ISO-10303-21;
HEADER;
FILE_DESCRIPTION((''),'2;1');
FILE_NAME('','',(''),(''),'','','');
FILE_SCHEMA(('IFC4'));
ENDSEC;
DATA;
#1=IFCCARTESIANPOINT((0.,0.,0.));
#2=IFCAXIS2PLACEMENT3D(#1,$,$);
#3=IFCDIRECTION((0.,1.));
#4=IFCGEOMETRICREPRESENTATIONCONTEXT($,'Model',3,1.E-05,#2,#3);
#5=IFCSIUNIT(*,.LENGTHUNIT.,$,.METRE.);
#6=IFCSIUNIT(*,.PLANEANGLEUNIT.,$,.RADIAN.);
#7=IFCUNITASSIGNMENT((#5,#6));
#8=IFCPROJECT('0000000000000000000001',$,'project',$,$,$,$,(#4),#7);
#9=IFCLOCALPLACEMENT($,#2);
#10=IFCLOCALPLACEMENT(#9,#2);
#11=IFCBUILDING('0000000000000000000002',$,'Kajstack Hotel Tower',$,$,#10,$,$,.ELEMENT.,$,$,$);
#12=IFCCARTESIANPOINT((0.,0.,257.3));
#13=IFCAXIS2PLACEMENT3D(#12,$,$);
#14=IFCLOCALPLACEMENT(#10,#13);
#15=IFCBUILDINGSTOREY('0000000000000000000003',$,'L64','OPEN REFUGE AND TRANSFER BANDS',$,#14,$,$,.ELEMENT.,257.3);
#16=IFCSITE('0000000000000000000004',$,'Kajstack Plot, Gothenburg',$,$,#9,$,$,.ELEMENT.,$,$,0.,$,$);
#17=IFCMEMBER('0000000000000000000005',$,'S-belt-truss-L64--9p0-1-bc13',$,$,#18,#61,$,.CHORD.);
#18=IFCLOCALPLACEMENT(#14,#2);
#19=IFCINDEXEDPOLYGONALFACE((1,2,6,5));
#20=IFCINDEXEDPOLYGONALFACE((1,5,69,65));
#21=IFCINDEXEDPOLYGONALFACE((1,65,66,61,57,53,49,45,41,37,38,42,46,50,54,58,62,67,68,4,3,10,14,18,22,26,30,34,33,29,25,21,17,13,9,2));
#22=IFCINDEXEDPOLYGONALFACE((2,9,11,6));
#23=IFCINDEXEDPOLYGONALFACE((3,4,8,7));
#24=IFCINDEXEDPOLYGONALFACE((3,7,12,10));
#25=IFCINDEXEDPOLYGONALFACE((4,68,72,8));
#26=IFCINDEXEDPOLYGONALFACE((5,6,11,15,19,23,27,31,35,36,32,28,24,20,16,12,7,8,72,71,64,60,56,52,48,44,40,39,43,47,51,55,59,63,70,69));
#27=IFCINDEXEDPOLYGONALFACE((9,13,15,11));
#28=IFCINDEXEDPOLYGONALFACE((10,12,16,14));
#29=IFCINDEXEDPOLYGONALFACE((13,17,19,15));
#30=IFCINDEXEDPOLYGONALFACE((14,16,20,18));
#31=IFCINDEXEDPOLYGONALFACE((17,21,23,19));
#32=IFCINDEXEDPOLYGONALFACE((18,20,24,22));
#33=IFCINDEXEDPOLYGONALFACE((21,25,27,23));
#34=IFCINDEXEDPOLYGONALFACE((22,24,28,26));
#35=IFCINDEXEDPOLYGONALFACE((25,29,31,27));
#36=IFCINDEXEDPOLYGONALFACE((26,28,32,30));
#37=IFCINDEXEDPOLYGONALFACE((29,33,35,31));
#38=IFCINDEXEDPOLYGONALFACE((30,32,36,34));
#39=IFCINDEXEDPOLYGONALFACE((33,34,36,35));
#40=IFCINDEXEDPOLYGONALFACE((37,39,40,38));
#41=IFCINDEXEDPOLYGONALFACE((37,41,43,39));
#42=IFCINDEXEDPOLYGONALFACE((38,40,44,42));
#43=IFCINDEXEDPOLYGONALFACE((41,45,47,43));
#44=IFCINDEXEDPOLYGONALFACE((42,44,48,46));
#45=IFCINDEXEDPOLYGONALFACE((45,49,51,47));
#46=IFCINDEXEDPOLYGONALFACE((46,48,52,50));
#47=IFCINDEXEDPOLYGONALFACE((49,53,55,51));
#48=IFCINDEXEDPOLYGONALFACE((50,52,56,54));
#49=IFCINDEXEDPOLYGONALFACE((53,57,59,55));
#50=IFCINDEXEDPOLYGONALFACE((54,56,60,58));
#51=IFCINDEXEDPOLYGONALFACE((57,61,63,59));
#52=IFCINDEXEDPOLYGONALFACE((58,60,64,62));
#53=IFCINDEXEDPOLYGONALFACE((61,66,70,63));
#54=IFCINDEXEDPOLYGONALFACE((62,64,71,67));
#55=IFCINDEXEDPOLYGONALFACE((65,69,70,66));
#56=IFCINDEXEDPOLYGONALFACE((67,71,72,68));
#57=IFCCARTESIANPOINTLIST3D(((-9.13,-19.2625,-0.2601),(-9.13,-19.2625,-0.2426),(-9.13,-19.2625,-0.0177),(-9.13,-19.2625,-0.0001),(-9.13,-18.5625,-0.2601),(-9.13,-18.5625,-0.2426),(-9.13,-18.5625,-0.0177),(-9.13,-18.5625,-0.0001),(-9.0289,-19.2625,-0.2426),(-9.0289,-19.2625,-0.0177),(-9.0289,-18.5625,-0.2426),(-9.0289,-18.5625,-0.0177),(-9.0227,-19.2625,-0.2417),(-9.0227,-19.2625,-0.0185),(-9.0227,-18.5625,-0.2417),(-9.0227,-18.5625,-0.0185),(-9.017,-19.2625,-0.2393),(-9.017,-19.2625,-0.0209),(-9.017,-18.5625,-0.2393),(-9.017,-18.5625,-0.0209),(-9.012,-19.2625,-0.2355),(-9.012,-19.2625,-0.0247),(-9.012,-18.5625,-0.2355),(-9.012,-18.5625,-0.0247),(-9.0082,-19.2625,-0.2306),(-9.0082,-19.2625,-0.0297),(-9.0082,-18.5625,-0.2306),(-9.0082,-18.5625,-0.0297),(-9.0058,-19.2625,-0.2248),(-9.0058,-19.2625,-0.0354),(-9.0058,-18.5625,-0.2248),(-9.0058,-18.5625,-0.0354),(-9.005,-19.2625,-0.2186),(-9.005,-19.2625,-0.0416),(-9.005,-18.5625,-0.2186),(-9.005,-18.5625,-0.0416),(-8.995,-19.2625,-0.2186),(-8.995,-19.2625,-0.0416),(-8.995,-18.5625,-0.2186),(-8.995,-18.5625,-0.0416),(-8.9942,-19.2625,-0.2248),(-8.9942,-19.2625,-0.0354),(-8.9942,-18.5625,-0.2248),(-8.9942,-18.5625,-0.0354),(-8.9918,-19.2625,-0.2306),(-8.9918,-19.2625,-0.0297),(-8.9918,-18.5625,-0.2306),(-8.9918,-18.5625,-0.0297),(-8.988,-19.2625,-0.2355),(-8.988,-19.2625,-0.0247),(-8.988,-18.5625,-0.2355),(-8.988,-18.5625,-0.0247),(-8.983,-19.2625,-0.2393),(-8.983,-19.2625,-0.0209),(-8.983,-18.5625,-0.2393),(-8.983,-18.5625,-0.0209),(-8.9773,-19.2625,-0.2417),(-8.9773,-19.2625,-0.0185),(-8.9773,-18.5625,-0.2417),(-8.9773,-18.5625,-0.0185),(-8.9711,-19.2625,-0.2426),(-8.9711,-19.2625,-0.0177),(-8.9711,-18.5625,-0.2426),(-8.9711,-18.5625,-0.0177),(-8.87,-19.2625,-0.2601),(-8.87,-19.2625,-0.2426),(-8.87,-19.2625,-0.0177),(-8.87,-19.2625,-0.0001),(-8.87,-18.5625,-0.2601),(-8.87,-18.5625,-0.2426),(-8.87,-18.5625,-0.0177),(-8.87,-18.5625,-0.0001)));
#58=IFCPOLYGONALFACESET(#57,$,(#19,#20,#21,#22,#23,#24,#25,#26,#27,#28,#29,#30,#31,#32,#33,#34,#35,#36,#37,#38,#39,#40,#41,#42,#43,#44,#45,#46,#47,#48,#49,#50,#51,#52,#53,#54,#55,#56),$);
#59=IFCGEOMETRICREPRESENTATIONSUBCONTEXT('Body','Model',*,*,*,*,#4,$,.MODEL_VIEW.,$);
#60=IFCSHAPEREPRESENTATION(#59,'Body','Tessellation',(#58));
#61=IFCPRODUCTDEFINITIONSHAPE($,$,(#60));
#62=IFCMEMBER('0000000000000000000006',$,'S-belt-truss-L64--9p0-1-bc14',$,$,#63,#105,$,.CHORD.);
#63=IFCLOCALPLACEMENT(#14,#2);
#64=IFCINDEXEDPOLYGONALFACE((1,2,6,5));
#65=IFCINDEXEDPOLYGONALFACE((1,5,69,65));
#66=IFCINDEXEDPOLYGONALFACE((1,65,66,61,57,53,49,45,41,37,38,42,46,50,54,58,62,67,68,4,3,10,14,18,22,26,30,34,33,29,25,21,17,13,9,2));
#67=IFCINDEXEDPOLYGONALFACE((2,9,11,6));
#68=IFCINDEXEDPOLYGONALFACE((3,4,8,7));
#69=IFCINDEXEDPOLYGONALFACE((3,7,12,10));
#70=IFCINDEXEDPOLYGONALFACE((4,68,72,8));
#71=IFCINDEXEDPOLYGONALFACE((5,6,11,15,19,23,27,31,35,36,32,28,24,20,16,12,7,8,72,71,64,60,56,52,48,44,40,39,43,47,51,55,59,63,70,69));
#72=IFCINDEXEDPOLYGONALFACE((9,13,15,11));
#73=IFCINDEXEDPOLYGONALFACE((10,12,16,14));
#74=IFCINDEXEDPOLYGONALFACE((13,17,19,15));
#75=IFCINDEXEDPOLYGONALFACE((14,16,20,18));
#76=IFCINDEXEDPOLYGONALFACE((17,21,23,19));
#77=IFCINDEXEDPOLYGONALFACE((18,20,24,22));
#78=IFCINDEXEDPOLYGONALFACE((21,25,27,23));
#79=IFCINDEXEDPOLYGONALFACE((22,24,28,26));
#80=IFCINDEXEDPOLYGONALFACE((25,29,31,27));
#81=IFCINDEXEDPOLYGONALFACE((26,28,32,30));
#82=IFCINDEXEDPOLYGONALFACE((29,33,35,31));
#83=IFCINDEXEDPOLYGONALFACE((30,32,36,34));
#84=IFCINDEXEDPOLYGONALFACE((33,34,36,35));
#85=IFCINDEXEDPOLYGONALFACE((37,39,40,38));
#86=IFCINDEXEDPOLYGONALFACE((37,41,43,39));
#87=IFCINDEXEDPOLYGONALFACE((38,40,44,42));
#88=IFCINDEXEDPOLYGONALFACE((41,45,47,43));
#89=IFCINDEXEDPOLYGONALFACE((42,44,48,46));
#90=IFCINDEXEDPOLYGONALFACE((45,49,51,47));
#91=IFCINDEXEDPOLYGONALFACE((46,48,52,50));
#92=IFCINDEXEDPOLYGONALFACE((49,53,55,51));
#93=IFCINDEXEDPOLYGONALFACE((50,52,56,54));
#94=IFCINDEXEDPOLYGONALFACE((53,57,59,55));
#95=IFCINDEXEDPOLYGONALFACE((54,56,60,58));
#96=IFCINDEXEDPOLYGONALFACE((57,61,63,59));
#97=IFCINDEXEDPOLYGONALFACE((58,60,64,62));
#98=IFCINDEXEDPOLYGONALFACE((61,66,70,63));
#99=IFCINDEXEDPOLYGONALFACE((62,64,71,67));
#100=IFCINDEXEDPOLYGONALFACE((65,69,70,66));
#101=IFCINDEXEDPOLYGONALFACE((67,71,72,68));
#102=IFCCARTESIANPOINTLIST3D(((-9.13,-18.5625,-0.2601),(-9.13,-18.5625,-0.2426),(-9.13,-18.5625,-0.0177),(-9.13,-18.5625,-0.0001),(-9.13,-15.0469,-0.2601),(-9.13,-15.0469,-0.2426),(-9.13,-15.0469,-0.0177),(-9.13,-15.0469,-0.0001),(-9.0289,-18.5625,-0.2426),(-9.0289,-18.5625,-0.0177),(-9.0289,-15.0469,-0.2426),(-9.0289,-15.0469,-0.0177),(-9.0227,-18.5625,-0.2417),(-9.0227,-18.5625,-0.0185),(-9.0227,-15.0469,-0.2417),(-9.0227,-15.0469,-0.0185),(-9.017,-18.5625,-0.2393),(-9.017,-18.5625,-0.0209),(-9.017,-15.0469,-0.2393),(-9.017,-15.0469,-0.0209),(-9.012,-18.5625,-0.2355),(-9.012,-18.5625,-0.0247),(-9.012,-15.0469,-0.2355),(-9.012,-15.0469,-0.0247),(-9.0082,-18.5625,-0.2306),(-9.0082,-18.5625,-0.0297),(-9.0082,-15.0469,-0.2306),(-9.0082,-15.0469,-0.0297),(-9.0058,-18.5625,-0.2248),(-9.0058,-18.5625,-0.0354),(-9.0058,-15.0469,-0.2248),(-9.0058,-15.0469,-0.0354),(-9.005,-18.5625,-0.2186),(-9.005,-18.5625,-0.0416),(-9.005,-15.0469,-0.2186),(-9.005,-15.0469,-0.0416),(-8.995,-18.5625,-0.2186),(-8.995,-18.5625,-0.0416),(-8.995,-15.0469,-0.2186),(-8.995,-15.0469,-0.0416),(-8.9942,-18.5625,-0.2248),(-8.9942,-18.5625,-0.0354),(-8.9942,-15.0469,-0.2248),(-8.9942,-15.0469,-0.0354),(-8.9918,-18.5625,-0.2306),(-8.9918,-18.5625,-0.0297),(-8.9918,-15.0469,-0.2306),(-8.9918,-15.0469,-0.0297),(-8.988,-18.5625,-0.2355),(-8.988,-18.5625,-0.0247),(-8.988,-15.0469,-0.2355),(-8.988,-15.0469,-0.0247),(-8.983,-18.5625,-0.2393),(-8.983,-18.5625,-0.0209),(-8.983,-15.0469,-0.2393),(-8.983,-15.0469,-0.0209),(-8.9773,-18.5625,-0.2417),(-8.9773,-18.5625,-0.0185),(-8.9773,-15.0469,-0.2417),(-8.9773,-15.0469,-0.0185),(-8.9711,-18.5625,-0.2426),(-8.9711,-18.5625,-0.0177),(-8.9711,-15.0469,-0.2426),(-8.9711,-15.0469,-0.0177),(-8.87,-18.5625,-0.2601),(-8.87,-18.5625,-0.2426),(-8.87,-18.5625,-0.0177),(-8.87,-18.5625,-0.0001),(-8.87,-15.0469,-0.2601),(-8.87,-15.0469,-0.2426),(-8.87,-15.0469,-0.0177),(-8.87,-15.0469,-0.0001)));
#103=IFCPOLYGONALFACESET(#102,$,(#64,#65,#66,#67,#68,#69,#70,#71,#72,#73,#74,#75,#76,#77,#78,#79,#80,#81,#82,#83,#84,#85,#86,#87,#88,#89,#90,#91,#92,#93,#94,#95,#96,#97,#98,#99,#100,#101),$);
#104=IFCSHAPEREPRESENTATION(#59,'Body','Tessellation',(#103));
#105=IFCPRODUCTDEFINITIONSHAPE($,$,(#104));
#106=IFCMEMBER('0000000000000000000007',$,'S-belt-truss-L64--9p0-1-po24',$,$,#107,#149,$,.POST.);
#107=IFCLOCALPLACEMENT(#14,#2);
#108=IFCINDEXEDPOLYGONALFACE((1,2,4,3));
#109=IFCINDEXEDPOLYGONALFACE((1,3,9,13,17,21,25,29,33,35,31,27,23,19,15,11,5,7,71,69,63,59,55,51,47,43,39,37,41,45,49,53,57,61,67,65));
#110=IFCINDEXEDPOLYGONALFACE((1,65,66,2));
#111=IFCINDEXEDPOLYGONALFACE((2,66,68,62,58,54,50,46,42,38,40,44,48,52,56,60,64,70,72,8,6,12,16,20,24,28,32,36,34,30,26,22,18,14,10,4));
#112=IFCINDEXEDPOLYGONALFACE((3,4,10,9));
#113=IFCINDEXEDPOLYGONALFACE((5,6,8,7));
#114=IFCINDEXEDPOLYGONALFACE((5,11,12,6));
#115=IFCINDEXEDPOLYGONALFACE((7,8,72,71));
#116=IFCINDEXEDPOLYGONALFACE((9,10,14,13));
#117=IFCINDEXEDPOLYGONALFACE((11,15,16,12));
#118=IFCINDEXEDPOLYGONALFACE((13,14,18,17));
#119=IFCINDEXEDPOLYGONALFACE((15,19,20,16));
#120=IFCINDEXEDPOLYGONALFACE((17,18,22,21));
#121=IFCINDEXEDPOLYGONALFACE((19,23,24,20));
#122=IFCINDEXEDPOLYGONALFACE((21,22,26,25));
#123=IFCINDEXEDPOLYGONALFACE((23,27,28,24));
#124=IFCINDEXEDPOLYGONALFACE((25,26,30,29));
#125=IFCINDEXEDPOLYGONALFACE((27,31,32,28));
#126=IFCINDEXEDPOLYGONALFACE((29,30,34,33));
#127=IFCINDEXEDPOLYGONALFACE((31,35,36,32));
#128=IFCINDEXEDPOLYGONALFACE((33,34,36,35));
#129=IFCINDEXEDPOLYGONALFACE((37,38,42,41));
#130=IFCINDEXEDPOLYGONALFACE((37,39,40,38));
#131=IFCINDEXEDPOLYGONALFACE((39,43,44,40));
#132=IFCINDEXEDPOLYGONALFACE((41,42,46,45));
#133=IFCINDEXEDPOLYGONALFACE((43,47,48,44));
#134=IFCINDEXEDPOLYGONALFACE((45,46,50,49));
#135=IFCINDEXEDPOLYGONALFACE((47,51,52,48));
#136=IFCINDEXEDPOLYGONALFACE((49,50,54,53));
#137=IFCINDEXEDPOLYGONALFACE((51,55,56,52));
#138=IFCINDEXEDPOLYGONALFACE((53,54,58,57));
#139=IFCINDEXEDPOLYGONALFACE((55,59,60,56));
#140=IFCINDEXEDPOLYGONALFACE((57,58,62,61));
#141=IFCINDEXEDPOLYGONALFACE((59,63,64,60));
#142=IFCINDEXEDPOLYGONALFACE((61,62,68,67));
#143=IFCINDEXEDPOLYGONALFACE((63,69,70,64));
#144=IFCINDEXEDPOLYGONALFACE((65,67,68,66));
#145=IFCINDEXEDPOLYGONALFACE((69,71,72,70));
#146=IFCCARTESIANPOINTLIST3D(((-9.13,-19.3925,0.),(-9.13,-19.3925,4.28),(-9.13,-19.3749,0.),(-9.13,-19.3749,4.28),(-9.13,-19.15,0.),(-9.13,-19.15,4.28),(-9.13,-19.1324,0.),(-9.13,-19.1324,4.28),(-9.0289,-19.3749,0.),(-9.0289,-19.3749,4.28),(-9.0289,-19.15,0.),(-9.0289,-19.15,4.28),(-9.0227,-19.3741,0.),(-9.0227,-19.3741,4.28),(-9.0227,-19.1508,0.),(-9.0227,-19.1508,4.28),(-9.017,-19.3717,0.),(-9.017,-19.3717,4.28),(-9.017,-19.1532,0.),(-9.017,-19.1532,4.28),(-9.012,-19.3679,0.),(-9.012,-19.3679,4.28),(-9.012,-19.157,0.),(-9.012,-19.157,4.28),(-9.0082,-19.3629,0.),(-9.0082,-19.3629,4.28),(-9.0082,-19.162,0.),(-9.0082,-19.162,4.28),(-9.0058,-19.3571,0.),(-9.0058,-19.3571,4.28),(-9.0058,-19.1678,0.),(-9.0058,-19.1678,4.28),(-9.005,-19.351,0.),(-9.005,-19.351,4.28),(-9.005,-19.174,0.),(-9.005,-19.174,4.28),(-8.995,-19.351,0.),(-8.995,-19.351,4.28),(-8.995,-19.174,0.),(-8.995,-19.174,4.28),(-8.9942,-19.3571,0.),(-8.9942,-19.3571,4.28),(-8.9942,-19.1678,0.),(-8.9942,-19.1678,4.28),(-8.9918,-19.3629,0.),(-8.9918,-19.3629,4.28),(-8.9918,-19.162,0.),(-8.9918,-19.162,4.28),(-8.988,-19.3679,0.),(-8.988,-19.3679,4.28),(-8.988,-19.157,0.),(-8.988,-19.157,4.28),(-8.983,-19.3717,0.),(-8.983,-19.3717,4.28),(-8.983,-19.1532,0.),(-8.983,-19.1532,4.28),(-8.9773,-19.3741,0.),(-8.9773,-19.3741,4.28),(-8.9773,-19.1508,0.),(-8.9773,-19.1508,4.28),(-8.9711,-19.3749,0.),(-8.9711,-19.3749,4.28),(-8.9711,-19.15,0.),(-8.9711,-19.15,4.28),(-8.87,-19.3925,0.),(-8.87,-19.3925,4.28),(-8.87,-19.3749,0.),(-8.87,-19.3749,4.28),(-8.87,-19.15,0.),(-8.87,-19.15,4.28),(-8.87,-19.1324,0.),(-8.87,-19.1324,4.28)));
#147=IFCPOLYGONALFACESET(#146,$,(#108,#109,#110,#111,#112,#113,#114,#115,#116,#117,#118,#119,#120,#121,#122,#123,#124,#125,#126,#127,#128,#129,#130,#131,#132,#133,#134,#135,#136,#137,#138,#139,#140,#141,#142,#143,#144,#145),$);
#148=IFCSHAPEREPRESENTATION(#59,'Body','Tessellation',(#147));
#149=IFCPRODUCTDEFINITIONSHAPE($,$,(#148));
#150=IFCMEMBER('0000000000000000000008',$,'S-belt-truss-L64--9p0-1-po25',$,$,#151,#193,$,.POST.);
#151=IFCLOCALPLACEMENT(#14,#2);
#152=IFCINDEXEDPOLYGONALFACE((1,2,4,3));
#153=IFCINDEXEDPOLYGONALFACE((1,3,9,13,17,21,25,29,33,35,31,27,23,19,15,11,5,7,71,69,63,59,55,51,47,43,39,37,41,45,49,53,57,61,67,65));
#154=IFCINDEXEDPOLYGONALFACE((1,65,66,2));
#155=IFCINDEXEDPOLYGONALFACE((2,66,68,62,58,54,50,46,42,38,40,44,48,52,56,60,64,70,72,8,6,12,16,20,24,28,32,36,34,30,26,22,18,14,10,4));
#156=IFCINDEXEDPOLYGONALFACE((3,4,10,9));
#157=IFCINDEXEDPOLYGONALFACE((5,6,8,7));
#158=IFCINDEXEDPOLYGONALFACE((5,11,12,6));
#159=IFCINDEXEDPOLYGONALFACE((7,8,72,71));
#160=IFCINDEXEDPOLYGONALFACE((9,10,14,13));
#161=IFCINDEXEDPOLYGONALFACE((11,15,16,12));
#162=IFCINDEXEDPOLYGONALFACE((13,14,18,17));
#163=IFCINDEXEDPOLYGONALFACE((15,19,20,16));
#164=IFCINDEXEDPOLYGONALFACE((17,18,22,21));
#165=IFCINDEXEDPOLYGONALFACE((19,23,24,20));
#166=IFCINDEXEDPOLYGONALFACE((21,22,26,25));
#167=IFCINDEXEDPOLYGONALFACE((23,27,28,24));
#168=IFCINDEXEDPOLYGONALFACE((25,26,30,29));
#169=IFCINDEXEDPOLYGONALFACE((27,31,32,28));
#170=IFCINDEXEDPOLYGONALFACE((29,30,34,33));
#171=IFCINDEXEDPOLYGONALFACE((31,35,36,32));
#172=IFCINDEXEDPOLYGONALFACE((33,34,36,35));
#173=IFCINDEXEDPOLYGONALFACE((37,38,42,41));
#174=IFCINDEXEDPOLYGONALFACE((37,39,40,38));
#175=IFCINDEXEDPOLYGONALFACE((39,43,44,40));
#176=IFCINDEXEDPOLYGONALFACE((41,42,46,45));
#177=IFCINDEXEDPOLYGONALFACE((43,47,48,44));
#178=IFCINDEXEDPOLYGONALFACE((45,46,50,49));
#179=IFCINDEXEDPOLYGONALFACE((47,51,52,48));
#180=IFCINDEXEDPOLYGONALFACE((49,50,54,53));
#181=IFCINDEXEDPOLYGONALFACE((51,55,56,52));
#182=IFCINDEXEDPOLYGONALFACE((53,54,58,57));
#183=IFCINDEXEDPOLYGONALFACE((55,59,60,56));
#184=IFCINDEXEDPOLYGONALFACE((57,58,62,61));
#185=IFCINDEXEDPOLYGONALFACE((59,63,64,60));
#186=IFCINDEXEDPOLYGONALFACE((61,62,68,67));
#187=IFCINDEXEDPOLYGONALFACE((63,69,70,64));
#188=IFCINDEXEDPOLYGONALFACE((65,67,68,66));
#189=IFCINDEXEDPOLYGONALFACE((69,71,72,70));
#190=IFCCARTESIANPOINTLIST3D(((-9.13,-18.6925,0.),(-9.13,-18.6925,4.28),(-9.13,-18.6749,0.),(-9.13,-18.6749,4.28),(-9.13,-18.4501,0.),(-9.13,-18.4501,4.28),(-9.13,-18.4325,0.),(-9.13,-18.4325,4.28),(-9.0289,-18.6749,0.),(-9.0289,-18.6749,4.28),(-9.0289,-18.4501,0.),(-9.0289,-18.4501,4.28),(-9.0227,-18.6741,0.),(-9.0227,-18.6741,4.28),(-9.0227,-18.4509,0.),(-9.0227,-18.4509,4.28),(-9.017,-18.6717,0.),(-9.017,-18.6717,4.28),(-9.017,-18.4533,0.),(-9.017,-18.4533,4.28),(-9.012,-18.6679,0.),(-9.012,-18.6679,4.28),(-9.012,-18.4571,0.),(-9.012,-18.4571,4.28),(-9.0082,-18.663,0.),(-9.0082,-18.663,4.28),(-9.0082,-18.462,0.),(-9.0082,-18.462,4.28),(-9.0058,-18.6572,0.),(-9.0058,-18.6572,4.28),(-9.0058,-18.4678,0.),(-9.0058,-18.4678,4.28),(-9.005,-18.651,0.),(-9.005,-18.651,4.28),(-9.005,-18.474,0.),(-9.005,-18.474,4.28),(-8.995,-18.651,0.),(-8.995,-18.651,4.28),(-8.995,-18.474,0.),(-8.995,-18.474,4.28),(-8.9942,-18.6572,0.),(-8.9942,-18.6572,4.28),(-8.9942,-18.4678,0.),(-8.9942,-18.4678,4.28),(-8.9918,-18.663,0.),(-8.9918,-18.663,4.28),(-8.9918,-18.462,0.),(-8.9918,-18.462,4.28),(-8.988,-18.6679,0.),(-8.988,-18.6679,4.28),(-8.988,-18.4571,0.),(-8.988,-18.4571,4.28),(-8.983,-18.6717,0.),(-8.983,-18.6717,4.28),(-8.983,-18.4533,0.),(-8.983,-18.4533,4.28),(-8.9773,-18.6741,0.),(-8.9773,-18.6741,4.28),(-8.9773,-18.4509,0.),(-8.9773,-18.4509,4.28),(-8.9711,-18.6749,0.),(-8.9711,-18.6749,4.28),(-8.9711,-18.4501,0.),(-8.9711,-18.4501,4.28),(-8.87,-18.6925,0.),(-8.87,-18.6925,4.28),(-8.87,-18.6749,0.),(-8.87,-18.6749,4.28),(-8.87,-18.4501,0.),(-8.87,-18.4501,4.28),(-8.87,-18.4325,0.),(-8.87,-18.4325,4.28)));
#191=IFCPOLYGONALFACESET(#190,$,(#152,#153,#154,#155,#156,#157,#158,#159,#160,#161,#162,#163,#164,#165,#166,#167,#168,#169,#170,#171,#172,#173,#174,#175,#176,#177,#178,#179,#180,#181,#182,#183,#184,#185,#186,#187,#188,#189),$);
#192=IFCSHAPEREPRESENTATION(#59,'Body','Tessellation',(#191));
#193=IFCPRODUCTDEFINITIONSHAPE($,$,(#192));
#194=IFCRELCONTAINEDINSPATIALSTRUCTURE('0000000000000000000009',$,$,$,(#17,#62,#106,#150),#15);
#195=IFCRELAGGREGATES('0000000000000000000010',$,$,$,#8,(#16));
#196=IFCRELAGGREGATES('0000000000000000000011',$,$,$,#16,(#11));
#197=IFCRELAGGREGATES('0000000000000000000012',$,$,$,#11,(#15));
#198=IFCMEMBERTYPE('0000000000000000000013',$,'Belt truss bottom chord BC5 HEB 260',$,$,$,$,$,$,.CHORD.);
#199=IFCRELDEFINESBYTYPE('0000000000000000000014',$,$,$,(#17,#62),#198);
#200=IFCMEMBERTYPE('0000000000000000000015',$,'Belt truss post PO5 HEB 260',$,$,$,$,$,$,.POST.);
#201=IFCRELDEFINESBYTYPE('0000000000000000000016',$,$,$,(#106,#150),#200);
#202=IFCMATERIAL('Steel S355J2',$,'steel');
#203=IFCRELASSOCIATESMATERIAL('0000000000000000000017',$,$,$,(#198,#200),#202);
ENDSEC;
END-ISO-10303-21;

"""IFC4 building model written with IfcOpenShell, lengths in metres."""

from ifc_helpers import new_model, si_unit, direction, frame, origin, origin_2d, place, context, subcontext, project, spatial, i_section, extrude, material, material_profile, profile_set, type_object, element, save


model = new_model("IFC4")

# Units and contexts
model_context = context("Model", 3, precision=1e-05, world=origin(), true_north=direction((0.0, 1.0)))
body_context = subcontext(model_context, "Body", "Model", "MODEL_VIEW")
ifc_project = project(units=[si_unit("LENGTHUNIT", "METRE"), si_unit("PLANEANGLEUNIT", "RADIAN")], contexts=[model_context])

# Site, building, storey
site_placement = place(None, origin())
site = spatial("IfcSite", under=ifc_project, at=site_placement, Name="Kajstack Plot, Gothenburg", CompositionType="ELEMENT", RefElevation=0.0)
building_placement = place(site_placement, origin())
building = spatial("IfcBuilding", under=site, at=building_placement, Name="Kajstack Hotel Tower", CompositionType="ELEMENT")
storey_placement = place(building_placement, frame((0.0, 0.0, 257.3)))
storey = spatial("IfcBuildingStorey", under=building, at=storey_placement, Name="L64", Description="OPEN REFUGE AND TRANSFER BANDS", CompositionType="ELEMENT", Elevation=257.3)

# Members
ifc_material_1 = material(Name="Steel S355J2", Category="steel")
ifc_material_profile_1 = material_profile(ifc_material_1, i_section(OverallWidth=0.26, OverallDepth=0.26, WebThickness=0.01, FlangeThickness=0.0176, FilletRadius=0.0239, at=origin_2d()), Name="HEB 260")
ifc_profile_set_1 = profile_set([ifc_material_profile_1], Name="Steel S355J2")
member_type_1 = type_object("IfcMemberType", Name="Belt truss bottom chord BC5 HEB 260", PredefinedType="CHORD", material=ifc_profile_set_1)
member_1_placement = place(storey_placement, frame((-9.0, -19.2625, -0.1301), z_axis=(0.0, 1.0, 0.0), x_axis=(-1.0, 0.0, 0.0)))
element("IfcMember", 1, at=member_1_placement, inside=storey, type_object=member_type_1, Name="S-belt-truss-L64--9p0-1-bc13", PredefinedType="CHORD", context=body_context, shape_type="SweptSolid", body=[
    extrude(i_section(OverallWidth=0.26, OverallDepth=0.26, WebThickness=0.01, FlangeThickness=0.0176, FilletRadius=0.0239, at=origin_2d()), origin(), (0.0, 0.0, 1.0), 0.7),
])
member_2_placement = place(storey_placement, frame((-9.0, -18.5625, -0.1301), z_axis=(0.0, 1.0, 0.0), x_axis=(-1.0, 0.0, 0.0)))
element("IfcMember", 2, at=member_2_placement, inside=storey, type_object=member_type_1, Name="S-belt-truss-L64--9p0-1-bc14", PredefinedType="CHORD", context=body_context, shape_type="SweptSolid", body=[
    extrude(i_section(OverallWidth=0.26, OverallDepth=0.26, WebThickness=0.01, FlangeThickness=0.0176, FilletRadius=0.0239, at=origin_2d()), origin(), (0.0, 0.0, 1.0), 3.5156),
])
ifc_material_profile_2 = material_profile(ifc_material_1, i_section(OverallWidth=0.26, OverallDepth=0.26, WebThickness=0.01, FlangeThickness=0.0176, FilletRadius=0.0239, at=origin_2d()), Name="HEB 260")
ifc_profile_set_2 = profile_set([ifc_material_profile_2], Name="Steel S355J2")
member_type_2 = type_object("IfcMemberType", Name="Belt truss post PO5 HEB 260", PredefinedType="POST", material=ifc_profile_set_2)
for number, where, z_axis, x_axis, name in (
    (3, (-9.0, -19.2625, 0.0), (0.0, 0.0, 1.0), (1.0, 0.0, 0.0), "S-belt-truss-L64--9p0-1-po24"),
    (4, (-9.0, -18.5625, 0.0), (0.0, 0.0, 1.0), (1.0, 0.0, 0.0), "S-belt-truss-L64--9p0-1-po25"),
):
    element("IfcMember", number, at=place(storey_placement, frame(where, z_axis=z_axis, x_axis=x_axis)), inside=storey, type_object=member_type_2, Name=name, PredefinedType="POST", context=body_context, shape_type="SweptSolid", body=[
        extrude(i_section(OverallWidth=0.26, OverallDepth=0.26, WebThickness=0.01, FlangeThickness=0.0176, FilletRadius=0.0239, at=origin_2d()), origin(), (0.0, 0.0, 1.0), 4.28),
    ])

save(model, "model.ifc")
